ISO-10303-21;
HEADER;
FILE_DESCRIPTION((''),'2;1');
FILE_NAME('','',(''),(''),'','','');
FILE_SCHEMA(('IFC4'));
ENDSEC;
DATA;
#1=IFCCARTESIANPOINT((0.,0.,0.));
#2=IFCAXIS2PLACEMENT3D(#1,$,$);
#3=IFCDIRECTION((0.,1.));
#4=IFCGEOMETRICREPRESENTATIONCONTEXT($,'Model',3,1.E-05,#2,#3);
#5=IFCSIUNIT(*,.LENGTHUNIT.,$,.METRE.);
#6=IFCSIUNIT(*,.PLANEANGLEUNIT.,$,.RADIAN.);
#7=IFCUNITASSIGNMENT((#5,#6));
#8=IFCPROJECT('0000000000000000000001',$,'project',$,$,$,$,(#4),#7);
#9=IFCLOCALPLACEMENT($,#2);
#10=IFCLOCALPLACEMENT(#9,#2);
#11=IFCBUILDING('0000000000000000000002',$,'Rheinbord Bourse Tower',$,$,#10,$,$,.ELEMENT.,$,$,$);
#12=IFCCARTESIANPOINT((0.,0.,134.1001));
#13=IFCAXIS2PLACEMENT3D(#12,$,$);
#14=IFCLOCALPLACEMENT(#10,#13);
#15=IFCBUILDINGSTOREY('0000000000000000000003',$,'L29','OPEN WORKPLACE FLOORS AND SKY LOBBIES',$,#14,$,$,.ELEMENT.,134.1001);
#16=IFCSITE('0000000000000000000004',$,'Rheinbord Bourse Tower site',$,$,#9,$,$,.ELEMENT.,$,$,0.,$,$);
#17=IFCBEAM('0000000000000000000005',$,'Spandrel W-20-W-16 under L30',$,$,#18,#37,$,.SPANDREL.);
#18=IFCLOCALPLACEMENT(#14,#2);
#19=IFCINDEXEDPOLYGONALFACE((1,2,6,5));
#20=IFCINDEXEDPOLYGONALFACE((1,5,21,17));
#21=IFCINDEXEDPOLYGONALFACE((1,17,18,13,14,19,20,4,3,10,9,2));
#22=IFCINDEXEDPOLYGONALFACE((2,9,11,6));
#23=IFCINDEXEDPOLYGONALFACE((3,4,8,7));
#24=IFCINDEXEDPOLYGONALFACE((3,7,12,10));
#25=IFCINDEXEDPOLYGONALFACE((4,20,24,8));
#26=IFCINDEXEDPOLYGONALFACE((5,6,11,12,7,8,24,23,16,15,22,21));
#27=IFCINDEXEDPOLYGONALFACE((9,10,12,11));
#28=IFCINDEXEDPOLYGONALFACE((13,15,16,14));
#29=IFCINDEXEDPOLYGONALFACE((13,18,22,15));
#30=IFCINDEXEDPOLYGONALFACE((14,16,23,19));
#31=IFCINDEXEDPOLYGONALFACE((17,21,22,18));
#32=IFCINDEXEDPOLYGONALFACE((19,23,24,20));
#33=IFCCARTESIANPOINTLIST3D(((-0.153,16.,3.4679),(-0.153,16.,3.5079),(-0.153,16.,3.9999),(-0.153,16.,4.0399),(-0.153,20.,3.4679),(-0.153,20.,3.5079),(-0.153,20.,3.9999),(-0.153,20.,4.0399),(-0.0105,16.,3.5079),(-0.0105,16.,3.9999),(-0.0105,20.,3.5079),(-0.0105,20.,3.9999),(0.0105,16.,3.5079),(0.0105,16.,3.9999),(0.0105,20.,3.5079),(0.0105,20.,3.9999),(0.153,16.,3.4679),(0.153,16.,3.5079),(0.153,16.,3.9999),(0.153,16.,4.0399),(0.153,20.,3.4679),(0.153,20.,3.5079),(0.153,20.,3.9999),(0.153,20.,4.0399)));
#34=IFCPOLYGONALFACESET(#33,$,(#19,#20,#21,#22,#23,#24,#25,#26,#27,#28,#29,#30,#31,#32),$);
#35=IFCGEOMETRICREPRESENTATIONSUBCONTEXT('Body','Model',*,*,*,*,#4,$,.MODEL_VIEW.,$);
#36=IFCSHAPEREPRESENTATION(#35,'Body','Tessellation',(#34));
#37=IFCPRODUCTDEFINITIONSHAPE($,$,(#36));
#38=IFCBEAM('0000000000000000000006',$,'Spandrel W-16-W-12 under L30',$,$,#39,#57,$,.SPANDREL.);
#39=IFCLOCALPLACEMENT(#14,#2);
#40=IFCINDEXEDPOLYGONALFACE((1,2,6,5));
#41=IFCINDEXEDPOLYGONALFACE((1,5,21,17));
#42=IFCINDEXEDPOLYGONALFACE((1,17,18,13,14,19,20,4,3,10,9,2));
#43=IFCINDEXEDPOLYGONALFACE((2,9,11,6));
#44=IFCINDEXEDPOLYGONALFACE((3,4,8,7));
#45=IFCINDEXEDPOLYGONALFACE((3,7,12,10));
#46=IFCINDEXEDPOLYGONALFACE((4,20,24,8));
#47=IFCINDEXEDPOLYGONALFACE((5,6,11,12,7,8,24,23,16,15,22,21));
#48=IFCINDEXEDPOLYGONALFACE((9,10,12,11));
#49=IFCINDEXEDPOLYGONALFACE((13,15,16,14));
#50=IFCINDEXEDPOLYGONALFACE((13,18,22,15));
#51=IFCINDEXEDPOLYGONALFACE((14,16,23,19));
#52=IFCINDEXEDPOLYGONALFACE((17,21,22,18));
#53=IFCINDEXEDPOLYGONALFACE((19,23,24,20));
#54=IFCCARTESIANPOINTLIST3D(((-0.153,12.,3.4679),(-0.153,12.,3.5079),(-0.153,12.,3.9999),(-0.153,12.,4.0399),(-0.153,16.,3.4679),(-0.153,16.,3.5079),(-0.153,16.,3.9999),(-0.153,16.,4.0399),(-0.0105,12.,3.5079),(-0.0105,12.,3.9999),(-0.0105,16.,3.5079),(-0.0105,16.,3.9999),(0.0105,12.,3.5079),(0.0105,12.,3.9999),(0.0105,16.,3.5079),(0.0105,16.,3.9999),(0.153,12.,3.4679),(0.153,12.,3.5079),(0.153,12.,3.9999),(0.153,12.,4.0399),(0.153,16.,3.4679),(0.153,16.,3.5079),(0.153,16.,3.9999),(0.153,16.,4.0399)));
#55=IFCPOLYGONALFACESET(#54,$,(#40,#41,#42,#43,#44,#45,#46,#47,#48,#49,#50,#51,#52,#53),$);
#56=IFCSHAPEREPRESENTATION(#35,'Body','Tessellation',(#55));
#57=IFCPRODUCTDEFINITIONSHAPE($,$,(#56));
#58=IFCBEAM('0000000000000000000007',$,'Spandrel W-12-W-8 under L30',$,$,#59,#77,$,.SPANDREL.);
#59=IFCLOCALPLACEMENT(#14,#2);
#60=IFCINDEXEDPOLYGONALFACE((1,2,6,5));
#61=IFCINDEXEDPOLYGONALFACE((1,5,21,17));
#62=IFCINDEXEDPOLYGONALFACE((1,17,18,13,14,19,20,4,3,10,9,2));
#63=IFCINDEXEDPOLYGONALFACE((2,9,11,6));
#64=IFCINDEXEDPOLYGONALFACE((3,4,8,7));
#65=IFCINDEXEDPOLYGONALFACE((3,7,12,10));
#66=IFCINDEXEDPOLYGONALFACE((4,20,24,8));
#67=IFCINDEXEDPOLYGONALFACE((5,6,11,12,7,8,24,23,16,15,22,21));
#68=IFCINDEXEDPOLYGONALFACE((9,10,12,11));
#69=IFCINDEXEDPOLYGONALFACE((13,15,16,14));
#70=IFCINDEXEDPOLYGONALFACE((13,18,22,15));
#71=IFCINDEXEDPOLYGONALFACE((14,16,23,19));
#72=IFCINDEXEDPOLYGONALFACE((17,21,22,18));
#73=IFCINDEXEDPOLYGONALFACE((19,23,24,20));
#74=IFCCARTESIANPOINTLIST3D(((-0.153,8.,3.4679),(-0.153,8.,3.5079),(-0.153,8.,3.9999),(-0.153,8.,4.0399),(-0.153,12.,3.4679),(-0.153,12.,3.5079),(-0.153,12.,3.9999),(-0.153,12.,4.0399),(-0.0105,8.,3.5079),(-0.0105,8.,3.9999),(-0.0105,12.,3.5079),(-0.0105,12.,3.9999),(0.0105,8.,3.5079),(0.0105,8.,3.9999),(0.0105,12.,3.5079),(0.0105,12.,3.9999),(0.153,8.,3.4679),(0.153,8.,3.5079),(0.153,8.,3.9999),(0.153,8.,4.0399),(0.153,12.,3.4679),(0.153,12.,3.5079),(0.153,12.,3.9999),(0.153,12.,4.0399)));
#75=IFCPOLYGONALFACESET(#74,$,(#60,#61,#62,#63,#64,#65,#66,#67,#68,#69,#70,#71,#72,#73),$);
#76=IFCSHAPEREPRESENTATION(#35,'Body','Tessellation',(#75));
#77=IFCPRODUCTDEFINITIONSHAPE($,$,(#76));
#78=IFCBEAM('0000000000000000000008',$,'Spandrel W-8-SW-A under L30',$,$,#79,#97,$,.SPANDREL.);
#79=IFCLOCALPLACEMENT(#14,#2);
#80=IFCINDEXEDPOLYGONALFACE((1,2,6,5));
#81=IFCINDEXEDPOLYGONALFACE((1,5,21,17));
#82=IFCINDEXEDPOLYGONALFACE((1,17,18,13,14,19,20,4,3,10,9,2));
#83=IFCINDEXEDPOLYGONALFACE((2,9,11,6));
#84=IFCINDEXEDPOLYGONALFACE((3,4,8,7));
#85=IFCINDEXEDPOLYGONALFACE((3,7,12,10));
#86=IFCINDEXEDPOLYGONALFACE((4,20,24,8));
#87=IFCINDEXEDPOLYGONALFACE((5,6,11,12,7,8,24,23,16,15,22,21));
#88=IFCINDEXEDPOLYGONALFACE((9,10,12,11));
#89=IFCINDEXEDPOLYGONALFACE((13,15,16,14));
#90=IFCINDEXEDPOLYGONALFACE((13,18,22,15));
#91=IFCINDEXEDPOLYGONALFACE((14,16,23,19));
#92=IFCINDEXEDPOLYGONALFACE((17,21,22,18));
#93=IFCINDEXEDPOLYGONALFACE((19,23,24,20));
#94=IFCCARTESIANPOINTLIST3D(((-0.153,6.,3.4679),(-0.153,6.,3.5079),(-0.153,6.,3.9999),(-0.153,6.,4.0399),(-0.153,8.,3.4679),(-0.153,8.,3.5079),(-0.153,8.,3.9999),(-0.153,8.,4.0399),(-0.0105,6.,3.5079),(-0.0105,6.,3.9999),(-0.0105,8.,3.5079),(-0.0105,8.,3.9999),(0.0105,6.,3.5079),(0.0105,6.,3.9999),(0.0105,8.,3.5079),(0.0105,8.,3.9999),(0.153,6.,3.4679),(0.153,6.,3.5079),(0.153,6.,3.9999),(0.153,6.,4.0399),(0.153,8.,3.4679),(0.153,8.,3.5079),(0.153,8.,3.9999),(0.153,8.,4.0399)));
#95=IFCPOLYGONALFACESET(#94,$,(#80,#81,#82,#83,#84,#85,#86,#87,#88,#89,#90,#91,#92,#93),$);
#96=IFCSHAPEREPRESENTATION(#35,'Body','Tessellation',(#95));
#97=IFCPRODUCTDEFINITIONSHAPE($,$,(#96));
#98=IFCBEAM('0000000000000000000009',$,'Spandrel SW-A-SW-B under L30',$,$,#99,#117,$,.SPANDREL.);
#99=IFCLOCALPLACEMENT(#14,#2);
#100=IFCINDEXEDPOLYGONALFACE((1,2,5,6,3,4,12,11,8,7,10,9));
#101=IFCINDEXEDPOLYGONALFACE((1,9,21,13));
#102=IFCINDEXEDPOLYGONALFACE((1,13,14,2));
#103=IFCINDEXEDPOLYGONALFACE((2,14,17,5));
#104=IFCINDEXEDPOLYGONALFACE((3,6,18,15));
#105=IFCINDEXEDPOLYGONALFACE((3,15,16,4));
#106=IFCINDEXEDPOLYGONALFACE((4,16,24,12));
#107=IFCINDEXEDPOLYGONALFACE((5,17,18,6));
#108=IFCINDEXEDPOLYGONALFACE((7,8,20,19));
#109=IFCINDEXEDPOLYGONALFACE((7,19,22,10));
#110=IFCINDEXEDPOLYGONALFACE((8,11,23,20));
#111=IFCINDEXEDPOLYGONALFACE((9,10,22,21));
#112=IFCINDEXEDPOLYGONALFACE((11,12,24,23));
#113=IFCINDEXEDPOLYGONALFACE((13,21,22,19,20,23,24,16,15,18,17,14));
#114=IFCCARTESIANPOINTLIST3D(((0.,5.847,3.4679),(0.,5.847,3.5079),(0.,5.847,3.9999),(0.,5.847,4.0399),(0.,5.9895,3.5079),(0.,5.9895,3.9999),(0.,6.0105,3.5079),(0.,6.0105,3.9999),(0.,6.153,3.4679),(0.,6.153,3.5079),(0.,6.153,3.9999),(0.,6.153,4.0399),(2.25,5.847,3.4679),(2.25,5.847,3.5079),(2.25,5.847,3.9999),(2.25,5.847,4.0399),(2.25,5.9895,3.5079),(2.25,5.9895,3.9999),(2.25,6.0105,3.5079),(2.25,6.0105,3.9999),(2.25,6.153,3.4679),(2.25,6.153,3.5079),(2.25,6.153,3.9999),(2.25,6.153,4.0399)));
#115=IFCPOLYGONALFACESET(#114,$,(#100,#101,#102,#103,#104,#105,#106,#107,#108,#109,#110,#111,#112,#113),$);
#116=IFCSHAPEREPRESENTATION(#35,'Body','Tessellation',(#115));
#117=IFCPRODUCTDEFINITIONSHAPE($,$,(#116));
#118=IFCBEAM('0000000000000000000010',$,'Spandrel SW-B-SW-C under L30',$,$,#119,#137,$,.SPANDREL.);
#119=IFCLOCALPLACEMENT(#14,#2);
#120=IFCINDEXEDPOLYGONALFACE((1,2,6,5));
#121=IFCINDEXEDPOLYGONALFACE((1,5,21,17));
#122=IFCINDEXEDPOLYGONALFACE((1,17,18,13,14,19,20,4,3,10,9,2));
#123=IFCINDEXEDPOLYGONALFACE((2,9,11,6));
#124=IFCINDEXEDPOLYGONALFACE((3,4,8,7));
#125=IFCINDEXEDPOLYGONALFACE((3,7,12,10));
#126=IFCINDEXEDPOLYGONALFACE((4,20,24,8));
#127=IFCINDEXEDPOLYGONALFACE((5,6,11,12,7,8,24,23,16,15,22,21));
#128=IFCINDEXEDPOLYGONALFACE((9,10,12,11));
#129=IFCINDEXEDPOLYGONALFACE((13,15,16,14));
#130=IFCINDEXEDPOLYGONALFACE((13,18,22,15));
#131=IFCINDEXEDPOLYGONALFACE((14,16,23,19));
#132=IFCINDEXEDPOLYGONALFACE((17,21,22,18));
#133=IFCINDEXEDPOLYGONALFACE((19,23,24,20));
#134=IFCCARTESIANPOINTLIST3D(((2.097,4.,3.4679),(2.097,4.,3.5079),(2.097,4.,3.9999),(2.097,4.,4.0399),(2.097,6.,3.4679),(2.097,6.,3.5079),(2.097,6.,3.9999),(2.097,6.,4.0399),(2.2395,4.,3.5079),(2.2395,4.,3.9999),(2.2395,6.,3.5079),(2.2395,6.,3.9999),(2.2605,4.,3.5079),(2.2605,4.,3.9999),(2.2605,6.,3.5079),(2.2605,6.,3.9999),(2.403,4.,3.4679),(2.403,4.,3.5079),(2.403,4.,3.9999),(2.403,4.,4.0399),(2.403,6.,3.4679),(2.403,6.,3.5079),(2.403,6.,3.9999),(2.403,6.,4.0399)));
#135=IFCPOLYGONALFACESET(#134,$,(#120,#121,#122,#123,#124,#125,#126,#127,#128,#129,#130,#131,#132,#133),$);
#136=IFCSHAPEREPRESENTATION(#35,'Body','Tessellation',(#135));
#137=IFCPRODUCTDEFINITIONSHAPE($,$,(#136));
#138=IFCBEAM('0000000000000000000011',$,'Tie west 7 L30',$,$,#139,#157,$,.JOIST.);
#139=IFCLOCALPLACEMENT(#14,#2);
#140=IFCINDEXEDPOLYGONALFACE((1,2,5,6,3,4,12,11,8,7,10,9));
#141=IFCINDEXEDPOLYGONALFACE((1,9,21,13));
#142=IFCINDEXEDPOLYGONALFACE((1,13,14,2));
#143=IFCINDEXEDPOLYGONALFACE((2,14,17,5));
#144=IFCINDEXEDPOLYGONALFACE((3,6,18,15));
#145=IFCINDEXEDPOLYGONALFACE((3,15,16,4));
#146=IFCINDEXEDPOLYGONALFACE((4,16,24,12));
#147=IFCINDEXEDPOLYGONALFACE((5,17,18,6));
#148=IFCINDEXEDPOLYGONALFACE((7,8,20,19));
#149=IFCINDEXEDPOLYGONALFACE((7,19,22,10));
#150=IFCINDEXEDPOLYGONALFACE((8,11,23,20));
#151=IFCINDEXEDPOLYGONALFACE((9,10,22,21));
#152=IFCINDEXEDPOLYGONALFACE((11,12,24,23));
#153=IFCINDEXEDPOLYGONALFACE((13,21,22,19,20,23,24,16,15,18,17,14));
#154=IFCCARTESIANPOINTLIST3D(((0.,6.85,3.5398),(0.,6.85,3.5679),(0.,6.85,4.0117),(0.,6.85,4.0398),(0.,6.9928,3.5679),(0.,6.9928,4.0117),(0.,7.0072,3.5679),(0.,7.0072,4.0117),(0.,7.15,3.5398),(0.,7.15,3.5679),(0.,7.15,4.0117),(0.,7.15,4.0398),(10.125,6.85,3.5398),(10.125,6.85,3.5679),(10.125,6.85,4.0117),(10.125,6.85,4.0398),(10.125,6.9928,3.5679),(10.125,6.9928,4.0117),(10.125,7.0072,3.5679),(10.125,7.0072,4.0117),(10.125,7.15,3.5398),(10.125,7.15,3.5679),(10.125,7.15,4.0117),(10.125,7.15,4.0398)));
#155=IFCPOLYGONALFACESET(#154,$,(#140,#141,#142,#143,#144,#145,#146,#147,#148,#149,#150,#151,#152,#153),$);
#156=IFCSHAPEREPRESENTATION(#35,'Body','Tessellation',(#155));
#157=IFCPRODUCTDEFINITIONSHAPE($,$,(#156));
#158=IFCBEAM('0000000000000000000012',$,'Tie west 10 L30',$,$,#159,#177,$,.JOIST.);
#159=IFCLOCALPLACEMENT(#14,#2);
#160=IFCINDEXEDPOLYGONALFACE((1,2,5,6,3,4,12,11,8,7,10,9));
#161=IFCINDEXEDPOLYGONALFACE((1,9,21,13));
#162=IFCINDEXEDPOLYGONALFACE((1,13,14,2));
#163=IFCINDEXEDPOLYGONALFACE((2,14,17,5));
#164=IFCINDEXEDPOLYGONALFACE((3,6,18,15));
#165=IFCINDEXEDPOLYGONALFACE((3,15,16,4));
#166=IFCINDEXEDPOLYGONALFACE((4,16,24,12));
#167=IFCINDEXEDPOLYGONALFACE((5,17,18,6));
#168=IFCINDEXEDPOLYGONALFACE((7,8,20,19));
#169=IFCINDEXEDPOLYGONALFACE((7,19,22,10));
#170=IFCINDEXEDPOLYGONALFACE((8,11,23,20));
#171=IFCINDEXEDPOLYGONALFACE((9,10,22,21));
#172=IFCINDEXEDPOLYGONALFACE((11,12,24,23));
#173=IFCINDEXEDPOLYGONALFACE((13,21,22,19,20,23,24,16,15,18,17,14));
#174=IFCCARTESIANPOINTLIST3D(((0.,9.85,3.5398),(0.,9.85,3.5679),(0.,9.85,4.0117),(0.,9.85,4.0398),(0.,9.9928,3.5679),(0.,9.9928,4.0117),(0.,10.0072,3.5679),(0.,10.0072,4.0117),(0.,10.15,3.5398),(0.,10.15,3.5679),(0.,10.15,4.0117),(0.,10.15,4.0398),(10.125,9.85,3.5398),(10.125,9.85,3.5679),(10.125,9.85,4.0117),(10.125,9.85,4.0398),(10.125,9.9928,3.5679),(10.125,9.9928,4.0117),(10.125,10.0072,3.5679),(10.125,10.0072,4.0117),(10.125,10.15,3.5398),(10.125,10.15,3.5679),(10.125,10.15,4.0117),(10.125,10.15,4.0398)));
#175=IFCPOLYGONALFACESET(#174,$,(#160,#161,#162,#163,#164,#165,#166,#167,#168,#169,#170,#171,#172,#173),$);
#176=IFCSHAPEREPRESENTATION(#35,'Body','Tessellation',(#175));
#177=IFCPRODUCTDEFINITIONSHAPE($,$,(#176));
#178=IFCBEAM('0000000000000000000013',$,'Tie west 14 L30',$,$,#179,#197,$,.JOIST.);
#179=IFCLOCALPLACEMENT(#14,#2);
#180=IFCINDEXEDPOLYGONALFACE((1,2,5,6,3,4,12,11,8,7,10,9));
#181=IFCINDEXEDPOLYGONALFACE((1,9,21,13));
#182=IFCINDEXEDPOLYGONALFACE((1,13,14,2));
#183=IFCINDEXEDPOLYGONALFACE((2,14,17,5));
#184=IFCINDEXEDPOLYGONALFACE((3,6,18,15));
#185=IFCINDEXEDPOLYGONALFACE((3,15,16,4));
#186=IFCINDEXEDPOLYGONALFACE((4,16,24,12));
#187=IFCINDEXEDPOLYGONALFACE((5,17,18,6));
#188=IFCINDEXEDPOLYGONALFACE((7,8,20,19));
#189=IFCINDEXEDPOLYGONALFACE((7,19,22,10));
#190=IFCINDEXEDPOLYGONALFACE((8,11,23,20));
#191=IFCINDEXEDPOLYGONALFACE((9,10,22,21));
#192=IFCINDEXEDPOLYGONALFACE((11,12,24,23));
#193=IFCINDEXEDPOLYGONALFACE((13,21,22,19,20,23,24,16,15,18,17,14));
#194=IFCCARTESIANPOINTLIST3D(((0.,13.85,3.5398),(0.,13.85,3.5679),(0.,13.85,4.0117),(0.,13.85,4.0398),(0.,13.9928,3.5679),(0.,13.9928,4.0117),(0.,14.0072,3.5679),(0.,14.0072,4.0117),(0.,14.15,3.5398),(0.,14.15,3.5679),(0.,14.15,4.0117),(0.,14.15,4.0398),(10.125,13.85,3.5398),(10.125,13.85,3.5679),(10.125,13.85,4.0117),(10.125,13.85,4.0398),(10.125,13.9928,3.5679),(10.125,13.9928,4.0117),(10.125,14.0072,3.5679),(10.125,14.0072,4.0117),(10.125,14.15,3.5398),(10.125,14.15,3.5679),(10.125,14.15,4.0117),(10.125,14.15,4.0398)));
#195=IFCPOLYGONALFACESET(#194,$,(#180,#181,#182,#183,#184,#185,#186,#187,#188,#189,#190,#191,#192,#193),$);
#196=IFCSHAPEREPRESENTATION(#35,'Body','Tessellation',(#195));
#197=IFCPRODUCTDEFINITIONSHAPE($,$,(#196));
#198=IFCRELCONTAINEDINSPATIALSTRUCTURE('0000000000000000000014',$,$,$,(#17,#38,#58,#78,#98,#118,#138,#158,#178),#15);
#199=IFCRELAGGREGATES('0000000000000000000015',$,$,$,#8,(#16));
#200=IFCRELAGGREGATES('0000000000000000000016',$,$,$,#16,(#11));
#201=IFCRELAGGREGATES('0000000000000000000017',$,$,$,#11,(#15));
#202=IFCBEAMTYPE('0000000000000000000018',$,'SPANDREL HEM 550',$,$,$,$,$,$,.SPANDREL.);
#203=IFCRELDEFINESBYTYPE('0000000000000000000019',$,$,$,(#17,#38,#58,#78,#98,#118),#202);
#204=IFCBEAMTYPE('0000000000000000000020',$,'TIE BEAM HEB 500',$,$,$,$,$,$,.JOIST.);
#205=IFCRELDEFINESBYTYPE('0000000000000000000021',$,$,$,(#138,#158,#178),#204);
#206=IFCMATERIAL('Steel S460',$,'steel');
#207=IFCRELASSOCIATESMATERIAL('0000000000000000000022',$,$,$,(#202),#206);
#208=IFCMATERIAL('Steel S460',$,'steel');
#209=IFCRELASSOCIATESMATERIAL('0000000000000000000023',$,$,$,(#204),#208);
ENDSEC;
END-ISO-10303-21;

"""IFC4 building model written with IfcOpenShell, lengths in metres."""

from ifc_helpers import new_model, si_unit, direction, frame, origin, origin_2d, place, context, subcontext, project, spatial, i_section, extrude, material, material_profile, profile_set, type_object, element, save


model = new_model("IFC4")

# Units and contexts
model_context = context("Model", 3, precision=1e-05, world=origin(), true_north=direction((0.0, 1.0)))
body_context = subcontext(model_context, "Body", "Model", "MODEL_VIEW")
ifc_project = project(units=[si_unit("LENGTHUNIT", "METRE"), si_unit("PLANEANGLEUNIT", "RADIAN")], contexts=[model_context])

# Site, building, storey
site_placement = place(None, origin())
site = spatial("IfcSite", under=ifc_project, at=site_placement, Name="Rheinbord Bourse Tower site", CompositionType="ELEMENT", RefElevation=0.0)
building_placement = place(site_placement, origin())
building = spatial("IfcBuilding", under=site, at=building_placement, Name="Rheinbord Bourse Tower", CompositionType="ELEMENT")
storey_placement = place(building_placement, frame((0.0, 0.0, 134.1001)))
storey = spatial("IfcBuildingStorey", under=building, at=storey_placement, Name="L29", Description="OPEN WORKPLACE FLOORS AND SKY LOBBIES", CompositionType="ELEMENT", Elevation=134.1001)

# Beams
ifc_material_1 = material(Name="Steel S460", Category="steel")
ifc_material_profile_1 = material_profile(ifc_material_1, i_section(OverallWidth=0.3059, OverallDepth=0.572, WebThickness=0.021, FlangeThickness=0.04, at=origin_2d()), Name="HEM 550")
ifc_profile_set_1 = profile_set([ifc_material_profile_1], Name="Steel S460")
beam_type_1 = type_object("IfcBeamType", Name="SPANDREL HEM 550", PredefinedType="SPANDREL", material=ifc_profile_set_1)
for number, where, z_axis, x_axis, name in (
    (1, (0.0, 20.0, 3.7539), (0.0, -1.0, 0.0), (1.0, 0.0, 0.0), "Spandrel W-20-W-16 under L30"),
    (2, (0.0, 16.0, 3.7539), (0.0, -1.0, 0.0), (1.0, 0.0, 0.0), "Spandrel W-16-W-12 under L30"),
    (3, (0.0, 12.0, 3.7539), (0.0, -1.0, 0.0), (1.0, 0.0, 0.0), "Spandrel W-12-W-8 under L30"),
):
    element("IfcBeam", number, at=place(storey_placement, frame(where, z_axis=z_axis, x_axis=x_axis)), inside=storey, type_object=beam_type_1, Name=name, PredefinedType="SPANDREL", context=body_context, shape_type="SweptSolid", body=[
        extrude(i_section(OverallWidth=0.3059, OverallDepth=0.572, WebThickness=0.021, FlangeThickness=0.04, at=origin_2d()), origin(), (0.0, 0.0, 1.0), 4.0),
    ])
beam_1_placement = place(storey_placement, frame((0.0, 8.0, 3.7539), z_axis=(0.0, -1.0, 0.0), x_axis=(1.0, 0.0, 0.0)))
element("IfcBeam", 4, at=beam_1_placement, inside=storey, type_object=beam_type_1, Name="Spandrel W-8-SW-A under L30", PredefinedType="SPANDREL", context=body_context, shape_type="SweptSolid", body=[
    extrude(i_section(OverallWidth=0.3059, OverallDepth=0.572, WebThickness=0.021, FlangeThickness=0.04, at=origin_2d()), origin(), (0.0, 0.0, 1.0), 2.0),
])
beam_2_placement = place(storey_placement, frame((0.0, 6.0, 3.7539), z_axis=(1.0, 0.0, 0.0), x_axis=(0.0, 1.0, 0.0)))
element("IfcBeam", 5, at=beam_2_placement, inside=storey, type_object=beam_type_1, Name="Spandrel SW-A-SW-B under L30", PredefinedType="SPANDREL", context=body_context, shape_type="SweptSolid", body=[
    extrude(i_section(OverallWidth=0.3059, OverallDepth=0.572, WebThickness=0.021, FlangeThickness=0.04, at=origin_2d()), origin(), (0.0, 0.0, 1.0), 2.25),
])
beam_3_placement = place(storey_placement, frame((2.25, 6.0, 3.7539), z_axis=(0.0, -1.0, 0.0), x_axis=(1.0, 0.0, 0.0)))
element("IfcBeam", 6, at=beam_3_placement, inside=storey, type_object=beam_type_1, Name="Spandrel SW-B-SW-C under L30", PredefinedType="SPANDREL", context=body_context, shape_type="SweptSolid", body=[
    extrude(i_section(OverallWidth=0.3059, OverallDepth=0.572, WebThickness=0.021, FlangeThickness=0.04, at=origin_2d()), origin(), (0.0, 0.0, 1.0), 2.0),
])
ifc_material_2 = material(Name="Steel S460", Category="steel")
ifc_material_profile_2 = material_profile(ifc_material_2, i_section(OverallWidth=0.3, OverallDepth=0.5, WebThickness=0.0144, FlangeThickness=0.0281, at=origin_2d()), Name="HEB 500")
ifc_profile_set_2 = profile_set([ifc_material_profile_2], Name="Steel S460")
beam_type_2 = type_object("IfcBeamType", Name="TIE BEAM HEB 500", PredefinedType="JOIST", material=ifc_profile_set_2)
for number, where, z_axis, x_axis, name in (
    (7, (0.0, 7.0, 3.7898), (1.0, 0.0, 0.0), (0.0, 1.0, 0.0), "Tie west 7 L30"),
    (8, (0.0, 10.0, 3.7898), (1.0, 0.0, 0.0), (0.0, 1.0, 0.0), "Tie west 10 L30"),
    (9, (0.0, 14.0, 3.7898), (1.0, 0.0, 0.0), (0.0, 1.0, 0.0), "Tie west 14 L30"),
):
    element("IfcBeam", number, at=place(storey_placement, frame(where, z_axis=z_axis, x_axis=x_axis)), inside=storey, type_object=beam_type_2, Name=name, PredefinedType="JOIST", context=body_context, shape_type="SweptSolid", body=[
        extrude(i_section(OverallWidth=0.3, OverallDepth=0.5, WebThickness=0.0144, FlangeThickness=0.0281, at=origin_2d()), origin(), (0.0, 0.0, 1.0), 10.125),
    ])

save(model, "model.ifc")
